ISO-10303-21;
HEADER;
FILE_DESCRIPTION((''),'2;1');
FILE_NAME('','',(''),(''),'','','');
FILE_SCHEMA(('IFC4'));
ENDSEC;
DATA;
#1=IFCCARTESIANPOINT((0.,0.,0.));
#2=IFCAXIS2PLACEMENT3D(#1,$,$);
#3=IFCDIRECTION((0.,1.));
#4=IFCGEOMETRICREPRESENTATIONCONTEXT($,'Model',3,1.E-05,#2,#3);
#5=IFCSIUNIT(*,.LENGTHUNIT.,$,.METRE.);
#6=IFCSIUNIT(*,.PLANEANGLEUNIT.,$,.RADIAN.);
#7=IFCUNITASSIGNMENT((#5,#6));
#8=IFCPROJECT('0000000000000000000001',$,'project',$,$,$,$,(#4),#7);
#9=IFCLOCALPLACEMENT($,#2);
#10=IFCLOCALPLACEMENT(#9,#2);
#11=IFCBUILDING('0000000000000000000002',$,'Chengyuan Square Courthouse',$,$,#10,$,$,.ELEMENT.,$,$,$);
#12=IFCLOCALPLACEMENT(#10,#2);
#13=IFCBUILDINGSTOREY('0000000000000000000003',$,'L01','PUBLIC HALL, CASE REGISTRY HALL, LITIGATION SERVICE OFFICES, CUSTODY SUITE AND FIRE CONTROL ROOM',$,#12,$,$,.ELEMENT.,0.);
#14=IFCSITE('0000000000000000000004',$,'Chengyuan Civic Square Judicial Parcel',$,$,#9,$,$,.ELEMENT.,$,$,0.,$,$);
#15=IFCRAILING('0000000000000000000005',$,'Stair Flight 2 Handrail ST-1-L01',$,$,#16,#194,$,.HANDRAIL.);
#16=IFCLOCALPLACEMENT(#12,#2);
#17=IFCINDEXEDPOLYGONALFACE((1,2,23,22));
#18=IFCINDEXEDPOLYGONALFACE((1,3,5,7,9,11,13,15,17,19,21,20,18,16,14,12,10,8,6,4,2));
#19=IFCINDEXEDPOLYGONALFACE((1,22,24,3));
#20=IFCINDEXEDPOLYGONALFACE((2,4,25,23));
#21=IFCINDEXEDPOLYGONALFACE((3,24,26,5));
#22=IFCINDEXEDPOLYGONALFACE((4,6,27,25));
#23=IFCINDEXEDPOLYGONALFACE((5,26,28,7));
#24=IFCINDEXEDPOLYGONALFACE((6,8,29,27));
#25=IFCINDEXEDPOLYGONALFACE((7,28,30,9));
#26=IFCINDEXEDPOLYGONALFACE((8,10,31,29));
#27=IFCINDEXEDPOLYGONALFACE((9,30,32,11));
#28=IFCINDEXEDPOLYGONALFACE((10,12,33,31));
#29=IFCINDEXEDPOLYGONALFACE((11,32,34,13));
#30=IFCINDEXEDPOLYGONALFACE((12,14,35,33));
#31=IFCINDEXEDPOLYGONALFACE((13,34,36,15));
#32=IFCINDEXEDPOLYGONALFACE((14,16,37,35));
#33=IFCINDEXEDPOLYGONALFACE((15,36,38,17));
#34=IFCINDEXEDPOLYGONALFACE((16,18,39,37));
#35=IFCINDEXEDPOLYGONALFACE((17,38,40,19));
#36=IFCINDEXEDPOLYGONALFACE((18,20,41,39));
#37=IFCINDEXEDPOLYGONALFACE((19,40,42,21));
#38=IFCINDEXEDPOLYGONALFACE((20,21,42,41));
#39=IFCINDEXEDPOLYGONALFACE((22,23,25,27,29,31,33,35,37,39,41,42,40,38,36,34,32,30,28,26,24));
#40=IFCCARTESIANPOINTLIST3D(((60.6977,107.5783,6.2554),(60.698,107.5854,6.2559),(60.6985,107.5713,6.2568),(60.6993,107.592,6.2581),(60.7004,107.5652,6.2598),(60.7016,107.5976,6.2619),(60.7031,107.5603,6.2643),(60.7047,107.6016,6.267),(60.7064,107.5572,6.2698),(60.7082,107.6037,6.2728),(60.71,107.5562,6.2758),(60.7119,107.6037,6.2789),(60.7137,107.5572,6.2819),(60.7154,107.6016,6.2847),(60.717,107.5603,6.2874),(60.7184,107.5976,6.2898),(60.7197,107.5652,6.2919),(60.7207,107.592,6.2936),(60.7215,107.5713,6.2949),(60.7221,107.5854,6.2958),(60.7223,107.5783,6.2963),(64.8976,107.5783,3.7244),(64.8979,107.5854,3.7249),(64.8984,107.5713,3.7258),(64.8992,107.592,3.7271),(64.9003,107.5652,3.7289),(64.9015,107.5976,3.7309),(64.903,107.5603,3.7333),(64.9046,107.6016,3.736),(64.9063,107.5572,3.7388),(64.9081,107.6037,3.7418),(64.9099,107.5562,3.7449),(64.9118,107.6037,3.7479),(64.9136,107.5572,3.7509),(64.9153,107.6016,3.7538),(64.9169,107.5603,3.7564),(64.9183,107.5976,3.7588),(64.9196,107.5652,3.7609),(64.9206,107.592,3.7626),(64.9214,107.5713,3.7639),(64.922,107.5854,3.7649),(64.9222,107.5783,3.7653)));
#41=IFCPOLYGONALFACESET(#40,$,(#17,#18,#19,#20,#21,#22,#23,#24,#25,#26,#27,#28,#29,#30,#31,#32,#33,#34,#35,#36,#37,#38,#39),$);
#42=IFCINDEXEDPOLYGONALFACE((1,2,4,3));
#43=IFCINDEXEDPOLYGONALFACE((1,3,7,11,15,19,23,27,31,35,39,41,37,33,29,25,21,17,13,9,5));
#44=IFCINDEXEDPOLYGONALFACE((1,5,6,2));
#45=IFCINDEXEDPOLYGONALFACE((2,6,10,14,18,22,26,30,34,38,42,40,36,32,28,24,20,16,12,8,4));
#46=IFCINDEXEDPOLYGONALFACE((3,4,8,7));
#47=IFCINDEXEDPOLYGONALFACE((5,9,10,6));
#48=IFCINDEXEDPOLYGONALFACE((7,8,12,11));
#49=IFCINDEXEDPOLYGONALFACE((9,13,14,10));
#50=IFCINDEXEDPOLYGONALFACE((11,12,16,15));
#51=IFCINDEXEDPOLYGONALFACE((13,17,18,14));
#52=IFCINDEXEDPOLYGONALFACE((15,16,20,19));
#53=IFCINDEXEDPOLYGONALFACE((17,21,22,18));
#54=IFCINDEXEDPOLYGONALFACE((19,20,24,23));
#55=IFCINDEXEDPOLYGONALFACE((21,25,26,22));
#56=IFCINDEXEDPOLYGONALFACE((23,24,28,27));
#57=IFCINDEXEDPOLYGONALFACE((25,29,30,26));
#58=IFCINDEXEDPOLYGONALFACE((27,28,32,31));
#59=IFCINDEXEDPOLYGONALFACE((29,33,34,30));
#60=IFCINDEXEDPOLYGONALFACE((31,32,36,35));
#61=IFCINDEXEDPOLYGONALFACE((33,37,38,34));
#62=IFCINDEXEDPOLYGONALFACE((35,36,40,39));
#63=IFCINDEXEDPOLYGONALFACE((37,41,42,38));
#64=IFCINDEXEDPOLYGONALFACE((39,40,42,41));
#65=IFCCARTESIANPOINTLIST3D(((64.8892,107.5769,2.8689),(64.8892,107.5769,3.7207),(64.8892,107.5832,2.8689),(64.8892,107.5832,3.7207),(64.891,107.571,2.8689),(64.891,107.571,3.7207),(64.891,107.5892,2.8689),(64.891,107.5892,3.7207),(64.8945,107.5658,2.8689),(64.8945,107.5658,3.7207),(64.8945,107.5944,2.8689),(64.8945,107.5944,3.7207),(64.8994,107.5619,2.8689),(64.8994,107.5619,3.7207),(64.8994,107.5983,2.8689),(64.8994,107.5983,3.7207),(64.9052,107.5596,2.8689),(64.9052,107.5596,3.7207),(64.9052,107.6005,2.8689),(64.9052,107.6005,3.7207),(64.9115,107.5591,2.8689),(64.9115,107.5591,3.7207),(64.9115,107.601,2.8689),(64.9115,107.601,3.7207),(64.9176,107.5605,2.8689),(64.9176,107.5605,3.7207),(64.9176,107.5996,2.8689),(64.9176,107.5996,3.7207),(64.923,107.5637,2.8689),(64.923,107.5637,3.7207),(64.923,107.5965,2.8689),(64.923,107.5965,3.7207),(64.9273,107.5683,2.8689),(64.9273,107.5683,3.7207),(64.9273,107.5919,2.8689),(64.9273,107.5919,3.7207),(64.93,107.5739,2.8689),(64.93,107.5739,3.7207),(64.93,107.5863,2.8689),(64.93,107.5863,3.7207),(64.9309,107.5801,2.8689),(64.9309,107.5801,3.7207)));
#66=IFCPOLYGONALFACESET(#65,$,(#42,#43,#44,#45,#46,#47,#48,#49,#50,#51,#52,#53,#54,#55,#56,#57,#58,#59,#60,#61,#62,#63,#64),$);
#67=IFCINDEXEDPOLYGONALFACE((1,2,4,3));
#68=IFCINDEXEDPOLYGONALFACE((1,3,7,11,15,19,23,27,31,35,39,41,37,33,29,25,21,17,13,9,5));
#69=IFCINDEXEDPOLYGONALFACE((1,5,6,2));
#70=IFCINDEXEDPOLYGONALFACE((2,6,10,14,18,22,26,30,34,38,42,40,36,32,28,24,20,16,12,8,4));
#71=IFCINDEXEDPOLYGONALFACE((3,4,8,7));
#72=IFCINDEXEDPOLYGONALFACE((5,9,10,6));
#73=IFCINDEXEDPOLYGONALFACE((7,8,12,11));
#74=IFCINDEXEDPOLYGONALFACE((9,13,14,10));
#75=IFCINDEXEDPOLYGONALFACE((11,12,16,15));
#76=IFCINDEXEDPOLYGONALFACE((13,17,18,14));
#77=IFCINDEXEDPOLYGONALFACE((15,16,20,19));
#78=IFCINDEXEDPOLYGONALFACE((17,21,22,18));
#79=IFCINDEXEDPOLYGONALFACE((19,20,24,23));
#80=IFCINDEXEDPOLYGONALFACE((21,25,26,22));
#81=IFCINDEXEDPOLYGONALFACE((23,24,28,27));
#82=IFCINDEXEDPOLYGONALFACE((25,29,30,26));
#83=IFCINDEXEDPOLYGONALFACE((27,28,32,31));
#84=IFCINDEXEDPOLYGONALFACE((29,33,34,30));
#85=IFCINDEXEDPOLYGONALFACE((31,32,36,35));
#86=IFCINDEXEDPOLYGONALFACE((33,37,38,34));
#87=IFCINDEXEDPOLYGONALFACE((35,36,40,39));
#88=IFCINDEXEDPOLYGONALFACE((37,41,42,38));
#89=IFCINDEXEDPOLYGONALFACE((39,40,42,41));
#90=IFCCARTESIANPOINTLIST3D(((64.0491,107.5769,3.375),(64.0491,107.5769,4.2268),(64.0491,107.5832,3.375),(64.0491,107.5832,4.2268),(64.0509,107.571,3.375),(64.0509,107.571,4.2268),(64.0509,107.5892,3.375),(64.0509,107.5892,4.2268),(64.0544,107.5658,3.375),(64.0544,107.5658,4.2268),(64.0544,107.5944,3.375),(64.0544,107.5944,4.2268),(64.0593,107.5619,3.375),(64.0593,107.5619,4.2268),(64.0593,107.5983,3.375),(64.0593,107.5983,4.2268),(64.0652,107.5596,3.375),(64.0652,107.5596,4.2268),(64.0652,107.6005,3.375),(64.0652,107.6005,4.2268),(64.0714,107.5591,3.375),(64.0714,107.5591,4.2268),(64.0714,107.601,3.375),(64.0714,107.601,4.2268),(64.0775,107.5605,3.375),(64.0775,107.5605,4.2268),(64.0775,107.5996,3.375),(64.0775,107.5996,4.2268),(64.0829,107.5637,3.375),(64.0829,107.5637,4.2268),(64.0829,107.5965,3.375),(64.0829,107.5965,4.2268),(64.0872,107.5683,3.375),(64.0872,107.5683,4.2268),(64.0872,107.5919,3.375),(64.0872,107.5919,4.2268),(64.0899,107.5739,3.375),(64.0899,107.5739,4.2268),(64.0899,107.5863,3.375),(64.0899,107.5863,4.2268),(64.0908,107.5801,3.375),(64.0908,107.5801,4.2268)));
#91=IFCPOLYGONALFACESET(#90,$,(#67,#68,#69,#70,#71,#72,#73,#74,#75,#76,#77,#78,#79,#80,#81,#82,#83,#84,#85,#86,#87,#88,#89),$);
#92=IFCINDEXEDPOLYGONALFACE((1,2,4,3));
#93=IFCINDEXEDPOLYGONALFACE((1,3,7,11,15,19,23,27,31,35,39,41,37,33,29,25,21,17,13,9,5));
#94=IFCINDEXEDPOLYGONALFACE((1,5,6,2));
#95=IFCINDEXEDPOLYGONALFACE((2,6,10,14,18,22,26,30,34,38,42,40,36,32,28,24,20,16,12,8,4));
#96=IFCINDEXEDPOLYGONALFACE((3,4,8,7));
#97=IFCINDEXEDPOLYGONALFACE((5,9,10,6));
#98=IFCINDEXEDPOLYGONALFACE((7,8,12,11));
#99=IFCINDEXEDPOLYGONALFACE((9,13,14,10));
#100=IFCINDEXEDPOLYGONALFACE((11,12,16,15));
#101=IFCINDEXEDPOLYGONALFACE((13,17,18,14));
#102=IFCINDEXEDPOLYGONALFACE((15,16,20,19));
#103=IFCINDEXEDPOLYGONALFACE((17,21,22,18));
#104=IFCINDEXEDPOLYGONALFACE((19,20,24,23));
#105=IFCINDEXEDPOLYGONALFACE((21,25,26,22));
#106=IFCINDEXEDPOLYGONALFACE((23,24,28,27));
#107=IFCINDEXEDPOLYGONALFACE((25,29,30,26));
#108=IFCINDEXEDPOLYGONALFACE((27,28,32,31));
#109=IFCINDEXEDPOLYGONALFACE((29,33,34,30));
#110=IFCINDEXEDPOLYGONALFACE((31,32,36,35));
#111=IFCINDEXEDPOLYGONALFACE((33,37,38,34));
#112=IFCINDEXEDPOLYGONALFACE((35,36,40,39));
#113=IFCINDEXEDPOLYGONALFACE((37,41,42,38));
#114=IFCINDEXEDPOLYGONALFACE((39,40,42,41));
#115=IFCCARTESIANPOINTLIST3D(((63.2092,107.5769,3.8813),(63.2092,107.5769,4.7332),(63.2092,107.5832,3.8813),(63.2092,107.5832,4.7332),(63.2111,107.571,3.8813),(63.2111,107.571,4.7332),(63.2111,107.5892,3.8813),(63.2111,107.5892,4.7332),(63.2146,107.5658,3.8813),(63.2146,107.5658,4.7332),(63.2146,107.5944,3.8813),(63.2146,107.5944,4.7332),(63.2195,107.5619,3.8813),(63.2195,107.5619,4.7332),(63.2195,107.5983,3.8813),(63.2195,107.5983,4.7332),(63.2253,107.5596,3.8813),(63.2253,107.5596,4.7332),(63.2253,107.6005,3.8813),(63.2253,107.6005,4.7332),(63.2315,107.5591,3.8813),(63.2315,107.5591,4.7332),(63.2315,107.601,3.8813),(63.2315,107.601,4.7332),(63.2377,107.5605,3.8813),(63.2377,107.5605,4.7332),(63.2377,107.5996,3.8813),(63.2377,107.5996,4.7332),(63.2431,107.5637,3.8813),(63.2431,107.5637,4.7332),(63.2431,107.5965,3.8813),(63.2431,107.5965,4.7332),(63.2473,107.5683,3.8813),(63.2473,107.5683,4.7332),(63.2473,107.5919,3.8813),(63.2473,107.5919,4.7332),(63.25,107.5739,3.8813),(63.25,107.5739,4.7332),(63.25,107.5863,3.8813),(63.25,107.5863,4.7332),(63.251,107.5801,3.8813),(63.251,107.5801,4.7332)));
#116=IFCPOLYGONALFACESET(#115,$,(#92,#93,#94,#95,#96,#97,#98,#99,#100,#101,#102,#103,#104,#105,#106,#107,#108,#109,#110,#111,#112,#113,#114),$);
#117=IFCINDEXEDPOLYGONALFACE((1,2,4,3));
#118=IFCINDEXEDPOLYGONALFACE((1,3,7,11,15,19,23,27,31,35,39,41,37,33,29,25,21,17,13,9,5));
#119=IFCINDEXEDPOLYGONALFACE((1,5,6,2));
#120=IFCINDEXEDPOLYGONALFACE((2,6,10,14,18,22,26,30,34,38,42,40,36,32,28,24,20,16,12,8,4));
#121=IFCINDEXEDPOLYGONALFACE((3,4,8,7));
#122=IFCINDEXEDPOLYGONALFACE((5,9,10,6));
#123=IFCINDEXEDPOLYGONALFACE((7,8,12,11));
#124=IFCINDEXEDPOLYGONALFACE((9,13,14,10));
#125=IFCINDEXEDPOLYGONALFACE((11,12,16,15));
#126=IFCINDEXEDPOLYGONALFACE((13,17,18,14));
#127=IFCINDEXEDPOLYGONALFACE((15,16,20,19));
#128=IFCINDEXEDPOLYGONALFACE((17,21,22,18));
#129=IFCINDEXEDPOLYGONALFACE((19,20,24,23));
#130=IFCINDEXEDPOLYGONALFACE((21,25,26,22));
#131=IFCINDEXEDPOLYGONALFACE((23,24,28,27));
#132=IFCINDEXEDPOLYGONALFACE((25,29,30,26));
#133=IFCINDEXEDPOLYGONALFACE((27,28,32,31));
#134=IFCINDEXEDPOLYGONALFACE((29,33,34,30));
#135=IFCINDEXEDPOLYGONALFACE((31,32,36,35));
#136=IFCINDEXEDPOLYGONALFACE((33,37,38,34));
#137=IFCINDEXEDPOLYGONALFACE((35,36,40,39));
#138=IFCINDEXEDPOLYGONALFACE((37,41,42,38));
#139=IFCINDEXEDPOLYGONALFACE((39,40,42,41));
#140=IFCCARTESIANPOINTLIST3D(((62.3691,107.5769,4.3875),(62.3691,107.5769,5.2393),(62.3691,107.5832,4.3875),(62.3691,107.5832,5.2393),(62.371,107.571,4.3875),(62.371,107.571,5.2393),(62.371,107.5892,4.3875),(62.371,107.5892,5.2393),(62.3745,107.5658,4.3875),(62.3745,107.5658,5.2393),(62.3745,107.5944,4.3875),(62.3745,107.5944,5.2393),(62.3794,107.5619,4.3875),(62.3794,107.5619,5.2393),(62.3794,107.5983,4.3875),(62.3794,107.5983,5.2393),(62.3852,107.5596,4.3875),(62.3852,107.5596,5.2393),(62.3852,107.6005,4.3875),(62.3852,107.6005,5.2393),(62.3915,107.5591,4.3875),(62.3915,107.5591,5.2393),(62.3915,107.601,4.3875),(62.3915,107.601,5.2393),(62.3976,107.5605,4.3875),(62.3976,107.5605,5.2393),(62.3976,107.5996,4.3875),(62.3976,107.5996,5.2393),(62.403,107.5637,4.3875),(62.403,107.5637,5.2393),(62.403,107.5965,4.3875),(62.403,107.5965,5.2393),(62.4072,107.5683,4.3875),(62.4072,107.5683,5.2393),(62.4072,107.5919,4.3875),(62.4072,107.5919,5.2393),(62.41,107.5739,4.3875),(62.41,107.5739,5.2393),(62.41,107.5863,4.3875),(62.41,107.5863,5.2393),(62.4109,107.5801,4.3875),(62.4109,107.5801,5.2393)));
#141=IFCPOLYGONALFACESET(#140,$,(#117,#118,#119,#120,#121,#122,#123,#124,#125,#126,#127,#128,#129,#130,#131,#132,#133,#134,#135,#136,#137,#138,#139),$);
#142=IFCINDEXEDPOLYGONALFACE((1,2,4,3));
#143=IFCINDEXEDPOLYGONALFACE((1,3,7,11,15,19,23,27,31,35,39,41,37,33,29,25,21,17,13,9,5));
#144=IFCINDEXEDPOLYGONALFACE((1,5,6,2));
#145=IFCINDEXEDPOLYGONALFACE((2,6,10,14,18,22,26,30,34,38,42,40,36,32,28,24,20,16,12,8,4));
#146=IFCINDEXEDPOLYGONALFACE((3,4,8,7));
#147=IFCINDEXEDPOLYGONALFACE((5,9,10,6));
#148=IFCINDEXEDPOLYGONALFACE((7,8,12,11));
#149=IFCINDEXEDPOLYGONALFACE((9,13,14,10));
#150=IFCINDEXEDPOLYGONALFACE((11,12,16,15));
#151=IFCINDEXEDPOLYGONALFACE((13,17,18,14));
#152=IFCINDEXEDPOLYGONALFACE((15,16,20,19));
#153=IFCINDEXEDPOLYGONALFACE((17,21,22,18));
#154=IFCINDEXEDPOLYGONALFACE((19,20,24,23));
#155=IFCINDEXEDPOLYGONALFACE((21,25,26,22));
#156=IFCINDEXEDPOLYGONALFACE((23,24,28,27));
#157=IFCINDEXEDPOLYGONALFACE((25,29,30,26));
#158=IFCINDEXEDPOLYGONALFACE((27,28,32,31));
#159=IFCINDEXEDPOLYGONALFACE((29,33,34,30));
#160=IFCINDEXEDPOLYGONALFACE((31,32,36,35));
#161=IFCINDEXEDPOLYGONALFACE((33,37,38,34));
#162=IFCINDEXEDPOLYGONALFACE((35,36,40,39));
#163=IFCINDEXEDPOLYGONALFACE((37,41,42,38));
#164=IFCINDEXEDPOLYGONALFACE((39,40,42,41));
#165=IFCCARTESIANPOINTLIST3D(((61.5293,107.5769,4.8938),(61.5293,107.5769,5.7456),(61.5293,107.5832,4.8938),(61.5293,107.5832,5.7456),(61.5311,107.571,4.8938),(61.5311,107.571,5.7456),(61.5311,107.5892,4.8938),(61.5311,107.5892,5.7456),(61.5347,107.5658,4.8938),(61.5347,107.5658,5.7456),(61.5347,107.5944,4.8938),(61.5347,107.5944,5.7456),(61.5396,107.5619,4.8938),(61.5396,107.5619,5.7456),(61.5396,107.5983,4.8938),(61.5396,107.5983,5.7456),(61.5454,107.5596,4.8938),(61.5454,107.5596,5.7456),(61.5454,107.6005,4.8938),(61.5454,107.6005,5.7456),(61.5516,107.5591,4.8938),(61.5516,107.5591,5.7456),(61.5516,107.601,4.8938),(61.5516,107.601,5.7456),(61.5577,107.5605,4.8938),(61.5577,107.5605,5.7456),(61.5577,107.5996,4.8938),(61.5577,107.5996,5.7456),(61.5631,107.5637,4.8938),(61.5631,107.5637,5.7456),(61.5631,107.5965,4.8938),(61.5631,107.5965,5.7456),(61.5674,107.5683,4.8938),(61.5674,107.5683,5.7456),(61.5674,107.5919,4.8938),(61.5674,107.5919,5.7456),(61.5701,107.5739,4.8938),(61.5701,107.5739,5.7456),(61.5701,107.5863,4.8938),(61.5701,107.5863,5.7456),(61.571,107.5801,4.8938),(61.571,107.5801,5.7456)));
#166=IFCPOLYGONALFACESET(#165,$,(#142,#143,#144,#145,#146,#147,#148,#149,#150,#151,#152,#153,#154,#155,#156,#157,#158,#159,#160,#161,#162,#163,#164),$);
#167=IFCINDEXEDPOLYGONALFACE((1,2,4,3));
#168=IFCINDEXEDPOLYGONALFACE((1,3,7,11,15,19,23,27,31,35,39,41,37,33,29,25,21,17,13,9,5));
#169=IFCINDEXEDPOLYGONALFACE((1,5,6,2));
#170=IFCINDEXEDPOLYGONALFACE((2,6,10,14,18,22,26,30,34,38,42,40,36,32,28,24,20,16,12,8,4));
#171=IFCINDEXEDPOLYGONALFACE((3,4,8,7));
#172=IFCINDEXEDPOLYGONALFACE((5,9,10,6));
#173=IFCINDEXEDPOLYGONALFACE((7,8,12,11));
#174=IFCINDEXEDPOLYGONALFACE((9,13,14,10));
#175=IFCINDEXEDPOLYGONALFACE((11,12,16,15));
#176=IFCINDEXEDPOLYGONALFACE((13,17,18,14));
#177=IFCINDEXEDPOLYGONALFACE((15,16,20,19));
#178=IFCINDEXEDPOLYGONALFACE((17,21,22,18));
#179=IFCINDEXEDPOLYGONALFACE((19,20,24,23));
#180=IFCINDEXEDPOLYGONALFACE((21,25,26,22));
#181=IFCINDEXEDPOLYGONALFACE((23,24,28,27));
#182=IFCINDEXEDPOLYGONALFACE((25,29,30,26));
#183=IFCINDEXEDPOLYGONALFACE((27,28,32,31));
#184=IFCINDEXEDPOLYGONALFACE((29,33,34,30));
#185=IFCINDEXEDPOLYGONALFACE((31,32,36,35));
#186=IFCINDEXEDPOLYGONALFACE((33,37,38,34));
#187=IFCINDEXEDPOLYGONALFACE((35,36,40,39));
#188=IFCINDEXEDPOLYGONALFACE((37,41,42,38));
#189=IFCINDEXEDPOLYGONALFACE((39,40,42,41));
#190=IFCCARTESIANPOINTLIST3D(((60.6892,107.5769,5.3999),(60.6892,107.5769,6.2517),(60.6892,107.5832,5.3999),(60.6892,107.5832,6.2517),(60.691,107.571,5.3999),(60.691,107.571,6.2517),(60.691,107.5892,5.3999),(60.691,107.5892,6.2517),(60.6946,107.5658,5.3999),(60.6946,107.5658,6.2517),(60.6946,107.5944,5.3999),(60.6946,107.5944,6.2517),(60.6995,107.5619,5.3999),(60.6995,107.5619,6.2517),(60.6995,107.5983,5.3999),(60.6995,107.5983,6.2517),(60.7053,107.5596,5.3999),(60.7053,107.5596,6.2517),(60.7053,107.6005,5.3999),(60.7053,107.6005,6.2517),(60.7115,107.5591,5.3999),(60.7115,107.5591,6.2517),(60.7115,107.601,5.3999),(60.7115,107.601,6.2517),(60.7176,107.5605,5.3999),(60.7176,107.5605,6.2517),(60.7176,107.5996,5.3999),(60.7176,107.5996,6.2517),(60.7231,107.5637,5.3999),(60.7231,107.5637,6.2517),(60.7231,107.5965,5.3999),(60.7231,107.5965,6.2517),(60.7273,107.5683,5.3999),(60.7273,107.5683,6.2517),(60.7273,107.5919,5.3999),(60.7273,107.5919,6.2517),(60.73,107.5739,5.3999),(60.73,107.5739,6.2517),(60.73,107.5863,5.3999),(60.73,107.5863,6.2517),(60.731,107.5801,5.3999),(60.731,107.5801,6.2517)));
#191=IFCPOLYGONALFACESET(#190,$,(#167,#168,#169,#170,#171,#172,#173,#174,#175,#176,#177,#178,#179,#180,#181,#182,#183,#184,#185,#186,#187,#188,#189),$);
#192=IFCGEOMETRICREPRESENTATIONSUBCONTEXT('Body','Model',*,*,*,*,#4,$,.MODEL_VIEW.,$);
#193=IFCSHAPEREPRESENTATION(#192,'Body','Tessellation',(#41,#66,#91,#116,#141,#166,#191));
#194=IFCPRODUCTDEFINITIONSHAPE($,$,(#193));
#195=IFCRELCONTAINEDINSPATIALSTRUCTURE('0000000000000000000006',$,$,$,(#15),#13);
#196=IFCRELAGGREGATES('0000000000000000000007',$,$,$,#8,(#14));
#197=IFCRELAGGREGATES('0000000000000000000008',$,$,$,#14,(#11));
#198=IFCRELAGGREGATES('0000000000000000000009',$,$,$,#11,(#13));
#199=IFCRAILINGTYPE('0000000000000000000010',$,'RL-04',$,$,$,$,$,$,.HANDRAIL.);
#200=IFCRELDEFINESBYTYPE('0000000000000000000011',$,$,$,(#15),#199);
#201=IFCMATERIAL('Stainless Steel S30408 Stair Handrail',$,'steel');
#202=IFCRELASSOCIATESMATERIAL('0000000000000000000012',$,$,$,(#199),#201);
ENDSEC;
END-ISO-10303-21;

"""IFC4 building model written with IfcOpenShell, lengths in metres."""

from ifc_helpers import new_model, si_unit, direction, frame, origin, origin_2d, place, context, subcontext, project, spatial, circle, extrude, material, type_object, element, save


model = new_model("IFC4")

# Units and contexts
model_context = context("Model", 3, precision=1e-05, world=origin(), true_north=direction((0.0, 1.0)))
body_context = subcontext(model_context, "Body", "Model", "MODEL_VIEW")
ifc_project = project(units=[si_unit("LENGTHUNIT", "METRE"), si_unit("PLANEANGLEUNIT", "RADIAN")], contexts=[model_context])

# Site, building, storey
site_placement = place(None, origin())
site = spatial("IfcSite", under=ifc_project, at=site_placement, Name="Chengyuan Civic Square Judicial Parcel", CompositionType="ELEMENT", RefElevation=0.0)
building_placement = place(site_placement, origin())
building = spatial("IfcBuilding", under=site, at=building_placement, Name="Chengyuan Square Courthouse", CompositionType="ELEMENT")
storey_placement = place(building_placement, origin())
storey = spatial("IfcBuildingStorey", under=building, at=storey_placement, Name="L01", Description="PUBLIC HALL, CASE REGISTRY HALL, LITIGATION SERVICE OFFICES, CUSTODY SUITE AND FIRE CONTROL ROOM", CompositionType="ELEMENT", Elevation=0.0)

# Railing
ifc_material_1 = material(Name="Stainless Steel S30408 Stair Handrail", Category="steel")
railing_type_1 = type_object("IfcRailingType", Name="RL-04", PredefinedType="HANDRAIL", material=ifc_material_1)
railing_1_placement = place(storey_placement, frame((64.9099, 107.5801, 2.8689)))
element("IfcRailing", 1, at=railing_1_placement, inside=storey, type_object=railing_type_1, Name="Stair Flight 2 Handrail ST-1-L01", PredefinedType="HANDRAIL", context=body_context, shape_type="SweptSolid", body=[
    extrude(circle(Radius=0.0239, at=origin_2d()), frame((0.0, 0.0, 0.876), z_axis=(-0.856499, 0.0, 0.51615), x_axis=(0.0, -1.0, 0.0)), (0.0, 0.0, 1.0), 4.9036),
    extrude(circle(Radius=0.021, at=origin_2d()), origin(), (0.0, 0.0, 1.0), 0.8518),
    extrude(circle(Radius=0.021, at=origin_2d()), frame((-0.8401, 0.0, 0.5061)), (0.0, 0.0, 1.0), 0.8518),
    extrude(circle(Radius=0.021, at=origin_2d()), frame((-1.6799, 0.0, 1.0125)), (0.0, 0.0, 1.0), 0.8518),
    extrude(circle(Radius=0.021, at=origin_2d()), frame((-2.52, 0.0, 1.5186)), (0.0, 0.0, 1.0), 0.8518),
    extrude(circle(Radius=0.021, at=origin_2d()), frame((-3.3599, 0.0, 2.0249)), (0.0, 0.0, 1.0), 0.8518),
    extrude(circle(Radius=0.021, at=origin_2d()), frame((-4.2, 0.0, 2.531)), (0.0, 0.0, 1.0), 0.8518),
])

save(model, "model.ifc")
